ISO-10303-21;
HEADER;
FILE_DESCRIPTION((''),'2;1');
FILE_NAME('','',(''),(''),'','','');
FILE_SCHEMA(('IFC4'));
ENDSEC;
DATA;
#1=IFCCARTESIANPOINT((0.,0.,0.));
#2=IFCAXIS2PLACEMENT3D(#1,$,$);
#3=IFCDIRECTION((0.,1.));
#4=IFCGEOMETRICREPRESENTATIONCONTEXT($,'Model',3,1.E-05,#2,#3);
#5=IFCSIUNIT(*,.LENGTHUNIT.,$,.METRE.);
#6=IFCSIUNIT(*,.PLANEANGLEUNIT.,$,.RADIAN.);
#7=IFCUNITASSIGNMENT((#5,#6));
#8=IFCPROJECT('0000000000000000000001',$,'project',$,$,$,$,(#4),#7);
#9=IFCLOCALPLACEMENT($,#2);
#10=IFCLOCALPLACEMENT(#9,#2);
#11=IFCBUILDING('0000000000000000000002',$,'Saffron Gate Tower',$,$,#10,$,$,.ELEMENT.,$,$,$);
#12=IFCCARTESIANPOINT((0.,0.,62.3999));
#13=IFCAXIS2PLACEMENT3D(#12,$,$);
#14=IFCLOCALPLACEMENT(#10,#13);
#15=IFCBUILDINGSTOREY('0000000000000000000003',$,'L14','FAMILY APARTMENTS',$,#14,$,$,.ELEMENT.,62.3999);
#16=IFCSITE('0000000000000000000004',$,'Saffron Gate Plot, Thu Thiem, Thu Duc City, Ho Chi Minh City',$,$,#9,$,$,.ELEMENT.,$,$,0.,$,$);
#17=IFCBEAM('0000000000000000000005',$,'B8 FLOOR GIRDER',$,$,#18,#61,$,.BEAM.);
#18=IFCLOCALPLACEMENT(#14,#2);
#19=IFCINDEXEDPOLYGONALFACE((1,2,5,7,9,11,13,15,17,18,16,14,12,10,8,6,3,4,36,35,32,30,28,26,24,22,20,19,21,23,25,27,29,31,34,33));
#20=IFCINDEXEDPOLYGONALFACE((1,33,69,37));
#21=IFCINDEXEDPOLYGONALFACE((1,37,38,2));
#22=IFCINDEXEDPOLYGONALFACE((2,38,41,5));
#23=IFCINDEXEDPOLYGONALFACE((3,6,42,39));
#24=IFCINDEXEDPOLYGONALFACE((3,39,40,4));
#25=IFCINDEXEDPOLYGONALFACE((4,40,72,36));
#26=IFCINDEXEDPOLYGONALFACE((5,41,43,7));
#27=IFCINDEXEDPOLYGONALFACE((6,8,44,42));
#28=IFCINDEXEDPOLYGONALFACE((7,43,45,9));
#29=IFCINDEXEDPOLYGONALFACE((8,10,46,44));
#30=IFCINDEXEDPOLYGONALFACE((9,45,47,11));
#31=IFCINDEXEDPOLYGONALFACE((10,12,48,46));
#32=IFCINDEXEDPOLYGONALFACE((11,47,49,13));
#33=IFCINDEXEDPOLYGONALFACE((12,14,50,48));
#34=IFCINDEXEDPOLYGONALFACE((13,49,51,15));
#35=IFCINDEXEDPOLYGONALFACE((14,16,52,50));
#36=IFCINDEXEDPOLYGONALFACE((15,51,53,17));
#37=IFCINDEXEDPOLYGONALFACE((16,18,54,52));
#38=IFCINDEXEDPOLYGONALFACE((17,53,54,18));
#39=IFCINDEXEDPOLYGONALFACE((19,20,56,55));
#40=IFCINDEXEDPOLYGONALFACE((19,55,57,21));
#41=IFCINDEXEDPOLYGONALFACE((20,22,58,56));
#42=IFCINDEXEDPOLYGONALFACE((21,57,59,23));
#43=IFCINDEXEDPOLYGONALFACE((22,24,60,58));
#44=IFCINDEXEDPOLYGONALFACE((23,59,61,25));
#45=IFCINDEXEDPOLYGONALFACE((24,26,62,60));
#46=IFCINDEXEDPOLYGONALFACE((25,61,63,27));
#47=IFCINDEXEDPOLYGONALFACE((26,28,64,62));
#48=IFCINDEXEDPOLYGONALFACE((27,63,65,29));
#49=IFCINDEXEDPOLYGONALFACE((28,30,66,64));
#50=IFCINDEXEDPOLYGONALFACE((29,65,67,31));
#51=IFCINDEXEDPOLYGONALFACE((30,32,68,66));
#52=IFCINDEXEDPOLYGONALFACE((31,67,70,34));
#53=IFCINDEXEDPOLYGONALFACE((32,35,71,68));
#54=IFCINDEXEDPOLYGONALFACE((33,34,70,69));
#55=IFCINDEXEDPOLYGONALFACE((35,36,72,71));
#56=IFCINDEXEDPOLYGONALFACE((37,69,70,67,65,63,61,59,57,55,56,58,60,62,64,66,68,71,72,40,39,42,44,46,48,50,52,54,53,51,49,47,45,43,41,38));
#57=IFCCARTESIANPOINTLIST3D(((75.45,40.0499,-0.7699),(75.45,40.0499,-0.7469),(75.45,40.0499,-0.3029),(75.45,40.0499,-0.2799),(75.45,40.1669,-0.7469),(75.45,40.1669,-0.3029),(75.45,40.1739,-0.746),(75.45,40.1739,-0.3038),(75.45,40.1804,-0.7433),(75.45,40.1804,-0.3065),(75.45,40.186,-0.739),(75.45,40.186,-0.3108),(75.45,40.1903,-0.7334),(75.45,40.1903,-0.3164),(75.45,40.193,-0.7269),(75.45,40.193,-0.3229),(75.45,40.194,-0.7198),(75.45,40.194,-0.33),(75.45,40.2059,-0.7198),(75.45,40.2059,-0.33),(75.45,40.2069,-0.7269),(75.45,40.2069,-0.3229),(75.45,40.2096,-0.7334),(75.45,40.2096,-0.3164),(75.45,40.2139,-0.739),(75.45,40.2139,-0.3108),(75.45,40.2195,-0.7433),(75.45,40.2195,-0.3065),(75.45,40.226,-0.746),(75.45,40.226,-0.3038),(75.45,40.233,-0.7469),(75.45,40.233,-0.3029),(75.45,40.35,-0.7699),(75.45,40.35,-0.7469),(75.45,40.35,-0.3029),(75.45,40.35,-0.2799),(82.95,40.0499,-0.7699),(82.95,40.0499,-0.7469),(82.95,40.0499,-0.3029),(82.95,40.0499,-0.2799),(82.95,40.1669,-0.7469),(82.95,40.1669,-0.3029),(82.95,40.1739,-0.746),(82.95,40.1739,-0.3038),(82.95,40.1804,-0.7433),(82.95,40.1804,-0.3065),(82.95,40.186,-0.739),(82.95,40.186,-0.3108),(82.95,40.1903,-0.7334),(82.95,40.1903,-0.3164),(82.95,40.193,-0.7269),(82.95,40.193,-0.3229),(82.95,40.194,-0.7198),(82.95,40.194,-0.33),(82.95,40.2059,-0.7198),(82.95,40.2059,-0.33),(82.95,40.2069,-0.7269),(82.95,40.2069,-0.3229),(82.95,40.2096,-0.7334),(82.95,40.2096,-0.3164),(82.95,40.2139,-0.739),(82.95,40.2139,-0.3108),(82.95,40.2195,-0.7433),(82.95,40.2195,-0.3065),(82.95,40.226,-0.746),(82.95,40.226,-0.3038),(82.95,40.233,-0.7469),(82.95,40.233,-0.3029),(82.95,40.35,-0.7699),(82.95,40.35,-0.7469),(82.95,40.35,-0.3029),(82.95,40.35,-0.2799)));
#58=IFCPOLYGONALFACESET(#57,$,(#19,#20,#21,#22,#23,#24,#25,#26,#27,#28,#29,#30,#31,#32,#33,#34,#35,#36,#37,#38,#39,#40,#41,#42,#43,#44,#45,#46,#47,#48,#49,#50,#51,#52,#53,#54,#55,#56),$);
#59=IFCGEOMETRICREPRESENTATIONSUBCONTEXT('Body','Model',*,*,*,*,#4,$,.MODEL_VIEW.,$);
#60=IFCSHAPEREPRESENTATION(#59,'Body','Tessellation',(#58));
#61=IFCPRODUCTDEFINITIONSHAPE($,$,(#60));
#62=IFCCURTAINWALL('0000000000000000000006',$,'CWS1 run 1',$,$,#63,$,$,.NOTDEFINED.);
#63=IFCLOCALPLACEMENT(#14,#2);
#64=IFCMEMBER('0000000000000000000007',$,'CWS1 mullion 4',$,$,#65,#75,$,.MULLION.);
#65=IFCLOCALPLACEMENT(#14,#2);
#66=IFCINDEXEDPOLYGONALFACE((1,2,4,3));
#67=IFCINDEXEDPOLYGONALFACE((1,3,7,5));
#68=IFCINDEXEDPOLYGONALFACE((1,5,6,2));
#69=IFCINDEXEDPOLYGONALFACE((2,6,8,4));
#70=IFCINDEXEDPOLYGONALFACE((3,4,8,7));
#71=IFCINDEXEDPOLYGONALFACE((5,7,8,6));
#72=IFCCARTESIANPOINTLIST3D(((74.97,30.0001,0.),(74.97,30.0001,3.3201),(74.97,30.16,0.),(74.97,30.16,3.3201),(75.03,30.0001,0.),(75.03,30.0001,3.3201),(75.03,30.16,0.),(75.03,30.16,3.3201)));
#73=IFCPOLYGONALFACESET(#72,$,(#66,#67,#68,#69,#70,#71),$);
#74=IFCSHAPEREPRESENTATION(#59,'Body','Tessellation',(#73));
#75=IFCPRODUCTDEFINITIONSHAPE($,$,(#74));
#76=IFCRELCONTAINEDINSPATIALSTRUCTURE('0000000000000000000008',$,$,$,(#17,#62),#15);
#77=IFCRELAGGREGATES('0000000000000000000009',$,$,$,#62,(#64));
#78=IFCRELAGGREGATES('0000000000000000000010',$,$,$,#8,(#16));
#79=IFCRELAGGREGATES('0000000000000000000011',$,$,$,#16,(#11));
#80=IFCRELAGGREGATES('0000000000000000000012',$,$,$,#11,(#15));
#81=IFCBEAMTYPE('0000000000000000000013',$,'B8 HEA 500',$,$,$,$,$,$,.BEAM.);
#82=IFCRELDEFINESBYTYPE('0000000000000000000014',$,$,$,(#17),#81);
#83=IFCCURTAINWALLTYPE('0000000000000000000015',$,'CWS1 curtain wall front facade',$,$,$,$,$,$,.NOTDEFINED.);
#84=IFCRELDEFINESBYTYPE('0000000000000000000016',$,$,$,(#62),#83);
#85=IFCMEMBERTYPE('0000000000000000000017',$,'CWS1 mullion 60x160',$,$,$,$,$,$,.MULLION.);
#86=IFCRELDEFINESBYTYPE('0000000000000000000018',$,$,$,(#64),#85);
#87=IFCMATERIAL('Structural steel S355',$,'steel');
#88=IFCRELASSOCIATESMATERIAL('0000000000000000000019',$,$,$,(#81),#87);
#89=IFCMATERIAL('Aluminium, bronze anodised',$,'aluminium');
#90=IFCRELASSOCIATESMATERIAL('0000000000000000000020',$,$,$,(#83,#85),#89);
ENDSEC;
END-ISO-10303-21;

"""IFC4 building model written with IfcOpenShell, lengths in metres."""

from ifc_helpers import new_model, si_unit, direction, frame, origin, origin_2d, place, context, subcontext, project, spatial, rectangle, i_section, extrude, material, material_profile, profile_set, type_object, element, aggregate, save


model = new_model("IFC4")

# Units and contexts
model_context = context("Model", 3, precision=1e-05, world=origin(), true_north=direction((0.0, 1.0)))
body_context = subcontext(model_context, "Body", "Model", "MODEL_VIEW")
ifc_project = project(units=[si_unit("LENGTHUNIT", "METRE"), si_unit("PLANEANGLEUNIT", "RADIAN")], contexts=[model_context])

# Site, building, storey
site_placement = place(None, origin())
site = spatial("IfcSite", under=ifc_project, at=site_placement, Name="Saffron Gate Plot, Thu Thiem, Thu Duc City, Ho Chi Minh City", CompositionType="ELEMENT", RefElevation=0.0)
building_placement = place(site_placement, origin())
building = spatial("IfcBuilding", under=site, at=building_placement, Name="Saffron Gate Tower", CompositionType="ELEMENT")
storey_placement = place(building_placement, frame((0.0, 0.0, 62.3999)))
storey = spatial("IfcBuildingStorey", under=building, at=storey_placement, Name="L14", Description="FAMILY APARTMENTS", CompositionType="ELEMENT", Elevation=62.3999)

# Beam
ifc_material_1 = material(Name="Structural steel S355", Category="steel")
ifc_material_profile_1 = material_profile(ifc_material_1, i_section(OverallWidth=0.3, OverallDepth=0.49, WebThickness=0.012, FlangeThickness=0.0229, FilletRadius=0.0271, at=origin_2d()))
ifc_profile_set_1 = profile_set([ifc_material_profile_1], Name="Structural steel S355")
beam_type_1 = type_object("IfcBeamType", Name="B8 HEA 500", PredefinedType="BEAM", material=ifc_profile_set_1)
for number, where, z_axis, x_axis, name in (
    (1, (75.45, 40.2, -0.5249), (1.0, 0.0, 0.0), (0.0, 1.0, 0.0), "B8 FLOOR GIRDER"),
):
    element("IfcBeam", number, at=place(storey_placement, frame(where, z_axis=z_axis, x_axis=x_axis)), inside=storey, type_object=beam_type_1, Name=name, PredefinedType="BEAM", context=body_context, shape_type="SweptSolid", body=[
        extrude(i_section(OverallWidth=0.3, OverallDepth=0.49, WebThickness=0.012, FlangeThickness=0.0229, FilletRadius=0.0271, at=origin_2d()), origin(), (0.0, 0.0, 1.0), 7.5),
    ])

# Curtain wall, member
ifc_material_2 = material(Name="Aluminium, bronze anodised", Category="aluminium")
curtain_wall_type = type_object("IfcCurtainWallType", Name="CWS1 curtain wall front facade", PredefinedType="NOTDEFINED", material=ifc_material_2)
curtain_wall_placement = place(storey_placement, origin())
curtain_wall = element("IfcCurtainWall", 2, at=curtain_wall_placement, inside=storey, type_object=curtain_wall_type, Name="CWS1 run 1", PredefinedType="NOTDEFINED")
ifc_material_profile_2 = material_profile(ifc_material_2, rectangle(XDim=0.1599, YDim=0.0601, at=origin_2d()))
ifc_profile_set_2 = profile_set([ifc_material_profile_2], Name="Aluminium, bronze anodised")
member_type = type_object("IfcMemberType", Name="CWS1 mullion 60x160", PredefinedType="MULLION", material=ifc_profile_set_2)
member_placement = place(storey_placement, frame((75.0, 30.0801, 0.0), z_axis=(0.0, 0.0, 1.0), x_axis=(0.0, 1.0, 0.0)))
member = element("IfcMember", 3, at=member_placement, type_object=member_type, Name="CWS1 mullion 4", PredefinedType="MULLION", context=body_context, shape_type="SweptSolid", body=[
    extrude(rectangle(XDim=0.1599, YDim=0.0601, at=origin_2d()), origin(), (0.0, 0.0, 1.0), 3.3201),
])
aggregate(curtain_wall, [member])

save(model, "model.ifc")
